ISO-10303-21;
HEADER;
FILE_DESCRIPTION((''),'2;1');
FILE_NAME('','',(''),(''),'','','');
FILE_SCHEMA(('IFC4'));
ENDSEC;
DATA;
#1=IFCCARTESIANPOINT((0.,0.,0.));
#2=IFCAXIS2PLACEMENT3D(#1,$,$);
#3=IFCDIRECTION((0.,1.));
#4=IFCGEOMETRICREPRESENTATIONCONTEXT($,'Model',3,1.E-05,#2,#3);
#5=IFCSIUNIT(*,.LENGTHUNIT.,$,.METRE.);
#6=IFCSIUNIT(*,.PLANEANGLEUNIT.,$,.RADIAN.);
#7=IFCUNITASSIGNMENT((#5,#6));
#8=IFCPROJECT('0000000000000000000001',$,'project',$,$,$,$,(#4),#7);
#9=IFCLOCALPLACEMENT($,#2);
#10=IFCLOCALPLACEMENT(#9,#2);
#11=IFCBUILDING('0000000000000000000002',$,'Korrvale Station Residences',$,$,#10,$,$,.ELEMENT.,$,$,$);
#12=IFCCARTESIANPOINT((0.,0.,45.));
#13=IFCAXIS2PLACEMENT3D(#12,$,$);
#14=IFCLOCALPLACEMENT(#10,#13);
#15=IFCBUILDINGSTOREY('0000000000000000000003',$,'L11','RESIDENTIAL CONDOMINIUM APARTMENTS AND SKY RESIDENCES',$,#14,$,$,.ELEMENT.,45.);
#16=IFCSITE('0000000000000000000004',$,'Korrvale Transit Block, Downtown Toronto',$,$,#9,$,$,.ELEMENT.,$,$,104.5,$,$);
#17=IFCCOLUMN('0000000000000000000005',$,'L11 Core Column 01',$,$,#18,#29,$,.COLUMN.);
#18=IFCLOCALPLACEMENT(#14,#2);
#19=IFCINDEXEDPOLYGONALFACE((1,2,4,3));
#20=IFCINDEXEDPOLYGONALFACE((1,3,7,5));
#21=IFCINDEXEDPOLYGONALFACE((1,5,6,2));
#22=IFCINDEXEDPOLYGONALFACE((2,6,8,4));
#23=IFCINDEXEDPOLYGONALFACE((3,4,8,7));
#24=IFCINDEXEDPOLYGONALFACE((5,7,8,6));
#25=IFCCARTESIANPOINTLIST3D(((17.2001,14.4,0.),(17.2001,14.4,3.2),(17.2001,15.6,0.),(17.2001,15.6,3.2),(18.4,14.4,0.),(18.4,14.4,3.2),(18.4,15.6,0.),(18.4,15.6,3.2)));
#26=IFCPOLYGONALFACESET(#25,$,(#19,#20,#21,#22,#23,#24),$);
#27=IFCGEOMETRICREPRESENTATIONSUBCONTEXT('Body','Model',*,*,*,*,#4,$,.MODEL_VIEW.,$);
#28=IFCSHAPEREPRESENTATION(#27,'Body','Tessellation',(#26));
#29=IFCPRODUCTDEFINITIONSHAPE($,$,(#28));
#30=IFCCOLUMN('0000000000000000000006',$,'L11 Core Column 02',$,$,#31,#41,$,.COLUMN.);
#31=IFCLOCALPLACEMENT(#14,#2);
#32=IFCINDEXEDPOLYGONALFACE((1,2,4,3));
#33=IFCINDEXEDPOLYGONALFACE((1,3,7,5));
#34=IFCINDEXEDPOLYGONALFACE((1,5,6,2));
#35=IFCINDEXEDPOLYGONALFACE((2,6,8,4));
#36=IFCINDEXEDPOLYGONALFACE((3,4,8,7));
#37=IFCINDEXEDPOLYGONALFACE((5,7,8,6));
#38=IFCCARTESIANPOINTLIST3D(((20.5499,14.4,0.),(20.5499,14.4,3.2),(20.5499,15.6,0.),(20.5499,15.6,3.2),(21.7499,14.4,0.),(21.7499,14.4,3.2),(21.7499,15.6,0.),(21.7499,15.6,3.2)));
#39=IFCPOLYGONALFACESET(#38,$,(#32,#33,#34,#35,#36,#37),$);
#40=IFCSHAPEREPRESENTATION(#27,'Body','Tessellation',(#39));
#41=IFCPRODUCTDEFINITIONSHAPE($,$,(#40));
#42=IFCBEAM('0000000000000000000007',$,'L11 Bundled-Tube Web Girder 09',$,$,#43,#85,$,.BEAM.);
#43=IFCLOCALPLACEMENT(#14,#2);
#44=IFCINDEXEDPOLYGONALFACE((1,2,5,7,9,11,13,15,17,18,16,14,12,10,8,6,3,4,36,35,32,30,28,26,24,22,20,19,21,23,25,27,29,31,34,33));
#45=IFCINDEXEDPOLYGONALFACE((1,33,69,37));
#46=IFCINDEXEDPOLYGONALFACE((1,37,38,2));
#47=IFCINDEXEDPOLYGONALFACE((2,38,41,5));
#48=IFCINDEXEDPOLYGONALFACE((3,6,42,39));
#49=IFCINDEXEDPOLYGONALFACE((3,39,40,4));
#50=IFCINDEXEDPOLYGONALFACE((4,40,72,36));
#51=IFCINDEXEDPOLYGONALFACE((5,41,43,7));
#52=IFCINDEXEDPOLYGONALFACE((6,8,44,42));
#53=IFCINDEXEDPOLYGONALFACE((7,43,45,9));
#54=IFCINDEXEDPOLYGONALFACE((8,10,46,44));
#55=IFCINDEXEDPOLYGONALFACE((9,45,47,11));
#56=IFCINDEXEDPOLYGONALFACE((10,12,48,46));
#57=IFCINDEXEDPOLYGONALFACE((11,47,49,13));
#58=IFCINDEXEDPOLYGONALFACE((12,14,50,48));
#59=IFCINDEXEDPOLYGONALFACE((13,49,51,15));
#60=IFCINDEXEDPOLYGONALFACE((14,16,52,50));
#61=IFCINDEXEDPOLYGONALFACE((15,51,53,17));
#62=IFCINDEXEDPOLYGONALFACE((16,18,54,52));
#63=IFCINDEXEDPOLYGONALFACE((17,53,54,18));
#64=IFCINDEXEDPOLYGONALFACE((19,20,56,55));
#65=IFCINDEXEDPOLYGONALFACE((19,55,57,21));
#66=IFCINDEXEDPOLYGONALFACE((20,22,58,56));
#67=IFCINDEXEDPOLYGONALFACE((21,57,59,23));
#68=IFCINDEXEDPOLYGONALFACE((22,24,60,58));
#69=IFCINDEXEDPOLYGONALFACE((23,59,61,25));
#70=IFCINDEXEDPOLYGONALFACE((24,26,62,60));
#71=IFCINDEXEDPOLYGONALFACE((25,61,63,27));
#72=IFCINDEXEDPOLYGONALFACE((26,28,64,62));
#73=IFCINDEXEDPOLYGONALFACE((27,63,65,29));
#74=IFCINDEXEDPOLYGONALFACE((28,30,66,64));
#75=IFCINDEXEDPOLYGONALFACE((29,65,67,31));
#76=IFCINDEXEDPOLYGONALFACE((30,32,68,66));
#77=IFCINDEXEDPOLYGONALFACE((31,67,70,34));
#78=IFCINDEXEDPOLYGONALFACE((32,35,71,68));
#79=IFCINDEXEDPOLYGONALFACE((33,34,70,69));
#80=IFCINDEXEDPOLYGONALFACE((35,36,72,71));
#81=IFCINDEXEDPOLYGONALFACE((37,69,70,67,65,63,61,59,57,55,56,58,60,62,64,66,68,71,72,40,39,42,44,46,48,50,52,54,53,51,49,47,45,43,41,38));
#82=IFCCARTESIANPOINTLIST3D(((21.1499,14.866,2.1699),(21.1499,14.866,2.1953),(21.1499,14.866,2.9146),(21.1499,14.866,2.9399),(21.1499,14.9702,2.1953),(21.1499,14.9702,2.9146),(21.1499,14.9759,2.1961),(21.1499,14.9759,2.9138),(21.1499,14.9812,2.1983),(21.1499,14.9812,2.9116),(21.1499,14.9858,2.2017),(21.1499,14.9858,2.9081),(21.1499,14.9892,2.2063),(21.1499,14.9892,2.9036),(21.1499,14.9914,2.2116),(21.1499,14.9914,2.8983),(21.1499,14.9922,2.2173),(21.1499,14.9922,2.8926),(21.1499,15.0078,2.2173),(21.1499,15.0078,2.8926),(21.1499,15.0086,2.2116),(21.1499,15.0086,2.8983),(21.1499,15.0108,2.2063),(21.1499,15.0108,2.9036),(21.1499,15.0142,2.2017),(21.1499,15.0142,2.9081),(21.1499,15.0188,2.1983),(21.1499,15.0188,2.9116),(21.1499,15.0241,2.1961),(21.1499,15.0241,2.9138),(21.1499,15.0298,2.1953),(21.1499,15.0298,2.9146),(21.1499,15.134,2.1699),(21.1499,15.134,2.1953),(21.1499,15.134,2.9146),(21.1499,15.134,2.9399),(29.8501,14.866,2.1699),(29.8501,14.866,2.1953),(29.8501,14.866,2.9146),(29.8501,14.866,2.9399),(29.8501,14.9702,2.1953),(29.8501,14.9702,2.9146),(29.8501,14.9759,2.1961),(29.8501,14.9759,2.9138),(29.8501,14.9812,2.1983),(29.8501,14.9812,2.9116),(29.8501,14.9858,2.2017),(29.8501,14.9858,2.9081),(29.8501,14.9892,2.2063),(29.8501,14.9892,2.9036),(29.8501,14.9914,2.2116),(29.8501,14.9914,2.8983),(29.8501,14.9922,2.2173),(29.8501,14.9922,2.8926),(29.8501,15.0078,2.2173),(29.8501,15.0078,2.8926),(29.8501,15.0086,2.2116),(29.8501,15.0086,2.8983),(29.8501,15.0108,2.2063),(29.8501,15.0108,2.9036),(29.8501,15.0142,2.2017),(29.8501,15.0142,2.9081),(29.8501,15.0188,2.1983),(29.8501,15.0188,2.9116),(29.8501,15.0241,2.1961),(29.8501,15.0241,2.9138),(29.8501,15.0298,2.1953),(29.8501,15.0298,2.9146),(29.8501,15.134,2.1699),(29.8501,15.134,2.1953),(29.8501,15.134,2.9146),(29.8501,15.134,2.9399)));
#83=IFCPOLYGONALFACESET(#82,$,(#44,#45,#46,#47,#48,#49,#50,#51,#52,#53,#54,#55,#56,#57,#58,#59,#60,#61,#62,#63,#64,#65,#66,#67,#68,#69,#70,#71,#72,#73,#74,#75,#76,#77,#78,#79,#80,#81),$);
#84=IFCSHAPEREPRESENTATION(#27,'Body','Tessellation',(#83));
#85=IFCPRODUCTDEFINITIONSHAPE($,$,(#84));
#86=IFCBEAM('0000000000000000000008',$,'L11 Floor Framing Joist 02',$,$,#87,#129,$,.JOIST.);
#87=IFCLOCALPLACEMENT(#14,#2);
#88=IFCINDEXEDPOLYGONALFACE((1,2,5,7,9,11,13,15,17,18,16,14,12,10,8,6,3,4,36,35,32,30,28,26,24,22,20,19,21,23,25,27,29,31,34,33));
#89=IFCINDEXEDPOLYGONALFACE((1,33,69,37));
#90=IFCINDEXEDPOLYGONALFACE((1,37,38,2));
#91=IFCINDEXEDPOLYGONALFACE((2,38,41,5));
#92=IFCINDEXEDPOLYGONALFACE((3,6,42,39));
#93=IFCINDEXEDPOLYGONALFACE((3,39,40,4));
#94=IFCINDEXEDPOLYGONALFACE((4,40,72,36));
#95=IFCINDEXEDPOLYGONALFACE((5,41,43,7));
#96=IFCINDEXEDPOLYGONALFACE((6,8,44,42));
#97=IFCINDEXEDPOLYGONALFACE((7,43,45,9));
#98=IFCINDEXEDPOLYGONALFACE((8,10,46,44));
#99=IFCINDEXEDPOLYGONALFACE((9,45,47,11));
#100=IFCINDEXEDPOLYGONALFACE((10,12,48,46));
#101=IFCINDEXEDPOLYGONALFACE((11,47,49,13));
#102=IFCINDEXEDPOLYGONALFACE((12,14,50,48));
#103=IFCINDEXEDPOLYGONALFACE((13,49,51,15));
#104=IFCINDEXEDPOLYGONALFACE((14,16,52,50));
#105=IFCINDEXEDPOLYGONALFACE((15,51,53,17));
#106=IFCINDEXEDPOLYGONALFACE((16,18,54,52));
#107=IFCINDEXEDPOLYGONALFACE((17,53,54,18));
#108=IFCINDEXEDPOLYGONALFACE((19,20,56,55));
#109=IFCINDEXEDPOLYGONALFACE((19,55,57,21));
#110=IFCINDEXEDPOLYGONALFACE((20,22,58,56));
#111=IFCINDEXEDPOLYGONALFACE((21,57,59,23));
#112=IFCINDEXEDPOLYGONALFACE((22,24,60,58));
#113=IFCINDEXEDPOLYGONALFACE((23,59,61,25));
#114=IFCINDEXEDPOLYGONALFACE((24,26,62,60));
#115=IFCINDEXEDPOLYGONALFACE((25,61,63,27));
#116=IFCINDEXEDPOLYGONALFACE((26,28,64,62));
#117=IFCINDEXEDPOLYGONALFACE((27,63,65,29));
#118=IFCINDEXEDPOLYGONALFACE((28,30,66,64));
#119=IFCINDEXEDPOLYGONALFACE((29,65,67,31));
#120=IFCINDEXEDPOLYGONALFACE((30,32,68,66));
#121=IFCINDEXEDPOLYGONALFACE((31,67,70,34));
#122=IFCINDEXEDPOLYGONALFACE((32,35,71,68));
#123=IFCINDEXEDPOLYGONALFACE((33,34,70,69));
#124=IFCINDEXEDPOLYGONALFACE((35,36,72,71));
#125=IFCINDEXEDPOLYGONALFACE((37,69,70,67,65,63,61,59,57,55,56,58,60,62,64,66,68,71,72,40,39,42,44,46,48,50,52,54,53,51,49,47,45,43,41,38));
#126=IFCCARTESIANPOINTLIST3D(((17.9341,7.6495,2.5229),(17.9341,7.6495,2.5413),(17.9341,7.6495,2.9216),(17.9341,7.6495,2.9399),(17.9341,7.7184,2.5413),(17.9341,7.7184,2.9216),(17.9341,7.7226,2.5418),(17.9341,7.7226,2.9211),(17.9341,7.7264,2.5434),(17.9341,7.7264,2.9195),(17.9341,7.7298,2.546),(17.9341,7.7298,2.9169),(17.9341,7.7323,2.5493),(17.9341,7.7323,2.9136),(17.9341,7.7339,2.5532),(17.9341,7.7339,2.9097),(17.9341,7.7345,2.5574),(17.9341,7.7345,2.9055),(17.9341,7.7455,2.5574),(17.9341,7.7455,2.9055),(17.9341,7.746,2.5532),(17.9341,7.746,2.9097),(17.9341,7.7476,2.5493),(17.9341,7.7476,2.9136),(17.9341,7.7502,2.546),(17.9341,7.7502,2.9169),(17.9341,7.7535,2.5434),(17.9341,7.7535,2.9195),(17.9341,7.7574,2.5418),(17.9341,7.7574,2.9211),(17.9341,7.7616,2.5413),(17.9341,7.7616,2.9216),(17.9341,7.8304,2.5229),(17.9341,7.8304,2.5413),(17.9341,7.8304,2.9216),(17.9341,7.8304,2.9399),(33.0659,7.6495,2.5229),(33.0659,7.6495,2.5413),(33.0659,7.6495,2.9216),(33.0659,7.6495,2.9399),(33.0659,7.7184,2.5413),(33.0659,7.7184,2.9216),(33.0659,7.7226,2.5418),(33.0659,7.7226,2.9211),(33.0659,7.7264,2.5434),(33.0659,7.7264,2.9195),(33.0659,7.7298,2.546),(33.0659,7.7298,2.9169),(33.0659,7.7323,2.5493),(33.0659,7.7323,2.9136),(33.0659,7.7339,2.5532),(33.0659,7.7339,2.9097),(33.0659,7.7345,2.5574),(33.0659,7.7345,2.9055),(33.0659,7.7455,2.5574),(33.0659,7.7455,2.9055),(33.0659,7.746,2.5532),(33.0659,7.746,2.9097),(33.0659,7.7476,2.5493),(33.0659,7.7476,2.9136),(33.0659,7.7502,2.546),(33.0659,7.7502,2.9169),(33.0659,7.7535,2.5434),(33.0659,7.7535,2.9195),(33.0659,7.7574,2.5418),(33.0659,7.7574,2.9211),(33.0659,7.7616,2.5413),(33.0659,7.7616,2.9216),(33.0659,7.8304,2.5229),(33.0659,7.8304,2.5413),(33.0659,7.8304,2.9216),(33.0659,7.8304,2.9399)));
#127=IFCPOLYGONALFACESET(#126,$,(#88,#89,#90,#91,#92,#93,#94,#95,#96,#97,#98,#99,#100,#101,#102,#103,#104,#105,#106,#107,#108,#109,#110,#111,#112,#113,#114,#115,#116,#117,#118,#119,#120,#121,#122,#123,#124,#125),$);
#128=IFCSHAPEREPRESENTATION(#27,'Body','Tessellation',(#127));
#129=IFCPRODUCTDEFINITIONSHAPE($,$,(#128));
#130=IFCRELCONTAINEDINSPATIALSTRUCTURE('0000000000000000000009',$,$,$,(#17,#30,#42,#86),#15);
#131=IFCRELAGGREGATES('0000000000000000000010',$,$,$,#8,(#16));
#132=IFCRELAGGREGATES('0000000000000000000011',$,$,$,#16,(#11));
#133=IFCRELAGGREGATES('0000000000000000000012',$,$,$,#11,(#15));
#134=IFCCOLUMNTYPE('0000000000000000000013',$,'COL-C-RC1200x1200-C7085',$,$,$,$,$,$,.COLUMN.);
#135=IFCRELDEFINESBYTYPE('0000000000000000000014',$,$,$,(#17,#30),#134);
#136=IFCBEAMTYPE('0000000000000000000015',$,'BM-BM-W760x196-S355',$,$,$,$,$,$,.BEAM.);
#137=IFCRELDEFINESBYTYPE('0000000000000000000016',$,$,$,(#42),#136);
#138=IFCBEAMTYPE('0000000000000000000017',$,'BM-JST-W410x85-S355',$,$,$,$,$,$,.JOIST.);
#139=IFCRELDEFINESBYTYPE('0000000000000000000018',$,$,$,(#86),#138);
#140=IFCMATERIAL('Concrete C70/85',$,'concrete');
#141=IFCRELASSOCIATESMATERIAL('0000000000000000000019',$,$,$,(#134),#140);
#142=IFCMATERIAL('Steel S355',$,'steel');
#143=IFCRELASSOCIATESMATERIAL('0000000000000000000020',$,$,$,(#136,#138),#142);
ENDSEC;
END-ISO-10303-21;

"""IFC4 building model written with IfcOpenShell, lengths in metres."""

from ifc_helpers import new_model, si_unit, direction, frame, origin, origin_2d, place, context, subcontext, project, spatial, rectangle, i_section, extrude, material, material_profile, profile_set, type_object, element, save


model = new_model("IFC4")

# Units and contexts
model_context = context("Model", 3, precision=1e-05, world=origin(), true_north=direction((0.0, 1.0)))
body_context = subcontext(model_context, "Body", "Model", "MODEL_VIEW")
ifc_project = project(units=[si_unit("LENGTHUNIT", "METRE"), si_unit("PLANEANGLEUNIT", "RADIAN")], contexts=[model_context])

# Site, building, storey
site_placement = place(None, origin())
site = spatial("IfcSite", under=ifc_project, at=site_placement, Name="Korrvale Transit Block, Downtown Toronto", CompositionType="ELEMENT", RefElevation=104.5)
building_placement = place(site_placement, origin())
building = spatial("IfcBuilding", under=site, at=building_placement, Name="Korrvale Station Residences", CompositionType="ELEMENT")
storey_placement = place(building_placement, frame((0.0, 0.0, 45.0)))
storey = spatial("IfcBuildingStorey", under=building, at=storey_placement, Name="L11", Description="RESIDENTIAL CONDOMINIUM APARTMENTS AND SKY RESIDENCES", CompositionType="ELEMENT", Elevation=45.0)

# Columns
ifc_material_1 = material(Name="Concrete C70/85", Category="concrete")
ifc_material_profile_1 = material_profile(ifc_material_1, rectangle(XDim=1.2, YDim=1.2, at=origin_2d()), Name="RC1200x1200")
ifc_profile_set_1 = profile_set([ifc_material_profile_1], Name="Concrete C70/85")
column_type = type_object("IfcColumnType", Name="COL-C-RC1200x1200-C7085", PredefinedType="COLUMN", material=ifc_profile_set_1)
for number, where, z_axis, x_axis, name in (
    (1, (17.8, 15.0, 0.0), (0.0, 0.0, 1.0), (1.0, 0.0, 0.0), "L11 Core Column 01"),
    (2, (21.1499, 15.0, 0.0), (0.0, 0.0, 1.0), (1.0, 0.0, 0.0), "L11 Core Column 02"),
):
    element("IfcColumn", number, at=place(storey_placement, frame(where, z_axis=z_axis, x_axis=x_axis)), inside=storey, type_object=column_type, Name=name, PredefinedType="COLUMN", context=body_context, shape_type="SweptSolid", body=[
        extrude(rectangle(XDim=1.2, YDim=1.2, at=origin_2d()), origin(), (0.0, 0.0, 1.0), 3.2),
    ])

# Beams
ifc_material_2 = material(Name="Steel S355", Category="steel")
ifc_material_profile_2 = material_profile(ifc_material_2, i_section(OverallWidth=0.2681, OverallDepth=0.77, WebThickness=0.0156, FlangeThickness=0.0254, FilletRadius=0.022, at=origin_2d()), Name="W760x196")
ifc_profile_set_2 = profile_set([ifc_material_profile_2], Name="Steel S355")
beam_type_1 = type_object("IfcBeamType", Name="BM-BM-W760x196-S355", PredefinedType="BEAM", material=ifc_profile_set_2)
beam_1_placement = place(storey_placement, frame((21.1499, 15.0, 2.5549), z_axis=(1.0, 0.0, 0.0), x_axis=(0.0, 1.0, 0.0)))
element("IfcBeam", 3, at=beam_1_placement, inside=storey, type_object=beam_type_1, Name="L11 Bundled-Tube Web Girder 09", PredefinedType="BEAM", context=body_context, shape_type="SweptSolid", body=[
    extrude(i_section(OverallWidth=0.2681, OverallDepth=0.77, WebThickness=0.0156, FlangeThickness=0.0254, FilletRadius=0.022, at=origin_2d()), origin(), (0.0, 0.0, 1.0), 8.7002),
])
ifc_material_profile_3 = material_profile(ifc_material_2, i_section(OverallWidth=0.1809, OverallDepth=0.417, WebThickness=0.011, FlangeThickness=0.0183, FilletRadius=0.0161, at=origin_2d()), Name="W410x85")
ifc_profile_set_3 = profile_set([ifc_material_profile_3], Name="Steel S355")
beam_type_2 = type_object("IfcBeamType", Name="BM-JST-W410x85-S355", PredefinedType="JOIST", material=ifc_profile_set_3)
beam_2_placement = place(storey_placement, frame((17.9341, 7.74, 2.7314), z_axis=(1.0, 0.0, 0.0), x_axis=(0.0, 1.0, 0.0)))
element("IfcBeam", 4, at=beam_2_placement, inside=storey, type_object=beam_type_2, Name="L11 Floor Framing Joist 02", PredefinedType="JOIST", context=body_context, shape_type="SweptSolid", body=[
    extrude(i_section(OverallWidth=0.1809, OverallDepth=0.417, WebThickness=0.011, FlangeThickness=0.0183, FilletRadius=0.0161, at=origin_2d()), origin(), (0.0, 0.0, 1.0), 15.1318),
])

save(model, "model.ifc")
